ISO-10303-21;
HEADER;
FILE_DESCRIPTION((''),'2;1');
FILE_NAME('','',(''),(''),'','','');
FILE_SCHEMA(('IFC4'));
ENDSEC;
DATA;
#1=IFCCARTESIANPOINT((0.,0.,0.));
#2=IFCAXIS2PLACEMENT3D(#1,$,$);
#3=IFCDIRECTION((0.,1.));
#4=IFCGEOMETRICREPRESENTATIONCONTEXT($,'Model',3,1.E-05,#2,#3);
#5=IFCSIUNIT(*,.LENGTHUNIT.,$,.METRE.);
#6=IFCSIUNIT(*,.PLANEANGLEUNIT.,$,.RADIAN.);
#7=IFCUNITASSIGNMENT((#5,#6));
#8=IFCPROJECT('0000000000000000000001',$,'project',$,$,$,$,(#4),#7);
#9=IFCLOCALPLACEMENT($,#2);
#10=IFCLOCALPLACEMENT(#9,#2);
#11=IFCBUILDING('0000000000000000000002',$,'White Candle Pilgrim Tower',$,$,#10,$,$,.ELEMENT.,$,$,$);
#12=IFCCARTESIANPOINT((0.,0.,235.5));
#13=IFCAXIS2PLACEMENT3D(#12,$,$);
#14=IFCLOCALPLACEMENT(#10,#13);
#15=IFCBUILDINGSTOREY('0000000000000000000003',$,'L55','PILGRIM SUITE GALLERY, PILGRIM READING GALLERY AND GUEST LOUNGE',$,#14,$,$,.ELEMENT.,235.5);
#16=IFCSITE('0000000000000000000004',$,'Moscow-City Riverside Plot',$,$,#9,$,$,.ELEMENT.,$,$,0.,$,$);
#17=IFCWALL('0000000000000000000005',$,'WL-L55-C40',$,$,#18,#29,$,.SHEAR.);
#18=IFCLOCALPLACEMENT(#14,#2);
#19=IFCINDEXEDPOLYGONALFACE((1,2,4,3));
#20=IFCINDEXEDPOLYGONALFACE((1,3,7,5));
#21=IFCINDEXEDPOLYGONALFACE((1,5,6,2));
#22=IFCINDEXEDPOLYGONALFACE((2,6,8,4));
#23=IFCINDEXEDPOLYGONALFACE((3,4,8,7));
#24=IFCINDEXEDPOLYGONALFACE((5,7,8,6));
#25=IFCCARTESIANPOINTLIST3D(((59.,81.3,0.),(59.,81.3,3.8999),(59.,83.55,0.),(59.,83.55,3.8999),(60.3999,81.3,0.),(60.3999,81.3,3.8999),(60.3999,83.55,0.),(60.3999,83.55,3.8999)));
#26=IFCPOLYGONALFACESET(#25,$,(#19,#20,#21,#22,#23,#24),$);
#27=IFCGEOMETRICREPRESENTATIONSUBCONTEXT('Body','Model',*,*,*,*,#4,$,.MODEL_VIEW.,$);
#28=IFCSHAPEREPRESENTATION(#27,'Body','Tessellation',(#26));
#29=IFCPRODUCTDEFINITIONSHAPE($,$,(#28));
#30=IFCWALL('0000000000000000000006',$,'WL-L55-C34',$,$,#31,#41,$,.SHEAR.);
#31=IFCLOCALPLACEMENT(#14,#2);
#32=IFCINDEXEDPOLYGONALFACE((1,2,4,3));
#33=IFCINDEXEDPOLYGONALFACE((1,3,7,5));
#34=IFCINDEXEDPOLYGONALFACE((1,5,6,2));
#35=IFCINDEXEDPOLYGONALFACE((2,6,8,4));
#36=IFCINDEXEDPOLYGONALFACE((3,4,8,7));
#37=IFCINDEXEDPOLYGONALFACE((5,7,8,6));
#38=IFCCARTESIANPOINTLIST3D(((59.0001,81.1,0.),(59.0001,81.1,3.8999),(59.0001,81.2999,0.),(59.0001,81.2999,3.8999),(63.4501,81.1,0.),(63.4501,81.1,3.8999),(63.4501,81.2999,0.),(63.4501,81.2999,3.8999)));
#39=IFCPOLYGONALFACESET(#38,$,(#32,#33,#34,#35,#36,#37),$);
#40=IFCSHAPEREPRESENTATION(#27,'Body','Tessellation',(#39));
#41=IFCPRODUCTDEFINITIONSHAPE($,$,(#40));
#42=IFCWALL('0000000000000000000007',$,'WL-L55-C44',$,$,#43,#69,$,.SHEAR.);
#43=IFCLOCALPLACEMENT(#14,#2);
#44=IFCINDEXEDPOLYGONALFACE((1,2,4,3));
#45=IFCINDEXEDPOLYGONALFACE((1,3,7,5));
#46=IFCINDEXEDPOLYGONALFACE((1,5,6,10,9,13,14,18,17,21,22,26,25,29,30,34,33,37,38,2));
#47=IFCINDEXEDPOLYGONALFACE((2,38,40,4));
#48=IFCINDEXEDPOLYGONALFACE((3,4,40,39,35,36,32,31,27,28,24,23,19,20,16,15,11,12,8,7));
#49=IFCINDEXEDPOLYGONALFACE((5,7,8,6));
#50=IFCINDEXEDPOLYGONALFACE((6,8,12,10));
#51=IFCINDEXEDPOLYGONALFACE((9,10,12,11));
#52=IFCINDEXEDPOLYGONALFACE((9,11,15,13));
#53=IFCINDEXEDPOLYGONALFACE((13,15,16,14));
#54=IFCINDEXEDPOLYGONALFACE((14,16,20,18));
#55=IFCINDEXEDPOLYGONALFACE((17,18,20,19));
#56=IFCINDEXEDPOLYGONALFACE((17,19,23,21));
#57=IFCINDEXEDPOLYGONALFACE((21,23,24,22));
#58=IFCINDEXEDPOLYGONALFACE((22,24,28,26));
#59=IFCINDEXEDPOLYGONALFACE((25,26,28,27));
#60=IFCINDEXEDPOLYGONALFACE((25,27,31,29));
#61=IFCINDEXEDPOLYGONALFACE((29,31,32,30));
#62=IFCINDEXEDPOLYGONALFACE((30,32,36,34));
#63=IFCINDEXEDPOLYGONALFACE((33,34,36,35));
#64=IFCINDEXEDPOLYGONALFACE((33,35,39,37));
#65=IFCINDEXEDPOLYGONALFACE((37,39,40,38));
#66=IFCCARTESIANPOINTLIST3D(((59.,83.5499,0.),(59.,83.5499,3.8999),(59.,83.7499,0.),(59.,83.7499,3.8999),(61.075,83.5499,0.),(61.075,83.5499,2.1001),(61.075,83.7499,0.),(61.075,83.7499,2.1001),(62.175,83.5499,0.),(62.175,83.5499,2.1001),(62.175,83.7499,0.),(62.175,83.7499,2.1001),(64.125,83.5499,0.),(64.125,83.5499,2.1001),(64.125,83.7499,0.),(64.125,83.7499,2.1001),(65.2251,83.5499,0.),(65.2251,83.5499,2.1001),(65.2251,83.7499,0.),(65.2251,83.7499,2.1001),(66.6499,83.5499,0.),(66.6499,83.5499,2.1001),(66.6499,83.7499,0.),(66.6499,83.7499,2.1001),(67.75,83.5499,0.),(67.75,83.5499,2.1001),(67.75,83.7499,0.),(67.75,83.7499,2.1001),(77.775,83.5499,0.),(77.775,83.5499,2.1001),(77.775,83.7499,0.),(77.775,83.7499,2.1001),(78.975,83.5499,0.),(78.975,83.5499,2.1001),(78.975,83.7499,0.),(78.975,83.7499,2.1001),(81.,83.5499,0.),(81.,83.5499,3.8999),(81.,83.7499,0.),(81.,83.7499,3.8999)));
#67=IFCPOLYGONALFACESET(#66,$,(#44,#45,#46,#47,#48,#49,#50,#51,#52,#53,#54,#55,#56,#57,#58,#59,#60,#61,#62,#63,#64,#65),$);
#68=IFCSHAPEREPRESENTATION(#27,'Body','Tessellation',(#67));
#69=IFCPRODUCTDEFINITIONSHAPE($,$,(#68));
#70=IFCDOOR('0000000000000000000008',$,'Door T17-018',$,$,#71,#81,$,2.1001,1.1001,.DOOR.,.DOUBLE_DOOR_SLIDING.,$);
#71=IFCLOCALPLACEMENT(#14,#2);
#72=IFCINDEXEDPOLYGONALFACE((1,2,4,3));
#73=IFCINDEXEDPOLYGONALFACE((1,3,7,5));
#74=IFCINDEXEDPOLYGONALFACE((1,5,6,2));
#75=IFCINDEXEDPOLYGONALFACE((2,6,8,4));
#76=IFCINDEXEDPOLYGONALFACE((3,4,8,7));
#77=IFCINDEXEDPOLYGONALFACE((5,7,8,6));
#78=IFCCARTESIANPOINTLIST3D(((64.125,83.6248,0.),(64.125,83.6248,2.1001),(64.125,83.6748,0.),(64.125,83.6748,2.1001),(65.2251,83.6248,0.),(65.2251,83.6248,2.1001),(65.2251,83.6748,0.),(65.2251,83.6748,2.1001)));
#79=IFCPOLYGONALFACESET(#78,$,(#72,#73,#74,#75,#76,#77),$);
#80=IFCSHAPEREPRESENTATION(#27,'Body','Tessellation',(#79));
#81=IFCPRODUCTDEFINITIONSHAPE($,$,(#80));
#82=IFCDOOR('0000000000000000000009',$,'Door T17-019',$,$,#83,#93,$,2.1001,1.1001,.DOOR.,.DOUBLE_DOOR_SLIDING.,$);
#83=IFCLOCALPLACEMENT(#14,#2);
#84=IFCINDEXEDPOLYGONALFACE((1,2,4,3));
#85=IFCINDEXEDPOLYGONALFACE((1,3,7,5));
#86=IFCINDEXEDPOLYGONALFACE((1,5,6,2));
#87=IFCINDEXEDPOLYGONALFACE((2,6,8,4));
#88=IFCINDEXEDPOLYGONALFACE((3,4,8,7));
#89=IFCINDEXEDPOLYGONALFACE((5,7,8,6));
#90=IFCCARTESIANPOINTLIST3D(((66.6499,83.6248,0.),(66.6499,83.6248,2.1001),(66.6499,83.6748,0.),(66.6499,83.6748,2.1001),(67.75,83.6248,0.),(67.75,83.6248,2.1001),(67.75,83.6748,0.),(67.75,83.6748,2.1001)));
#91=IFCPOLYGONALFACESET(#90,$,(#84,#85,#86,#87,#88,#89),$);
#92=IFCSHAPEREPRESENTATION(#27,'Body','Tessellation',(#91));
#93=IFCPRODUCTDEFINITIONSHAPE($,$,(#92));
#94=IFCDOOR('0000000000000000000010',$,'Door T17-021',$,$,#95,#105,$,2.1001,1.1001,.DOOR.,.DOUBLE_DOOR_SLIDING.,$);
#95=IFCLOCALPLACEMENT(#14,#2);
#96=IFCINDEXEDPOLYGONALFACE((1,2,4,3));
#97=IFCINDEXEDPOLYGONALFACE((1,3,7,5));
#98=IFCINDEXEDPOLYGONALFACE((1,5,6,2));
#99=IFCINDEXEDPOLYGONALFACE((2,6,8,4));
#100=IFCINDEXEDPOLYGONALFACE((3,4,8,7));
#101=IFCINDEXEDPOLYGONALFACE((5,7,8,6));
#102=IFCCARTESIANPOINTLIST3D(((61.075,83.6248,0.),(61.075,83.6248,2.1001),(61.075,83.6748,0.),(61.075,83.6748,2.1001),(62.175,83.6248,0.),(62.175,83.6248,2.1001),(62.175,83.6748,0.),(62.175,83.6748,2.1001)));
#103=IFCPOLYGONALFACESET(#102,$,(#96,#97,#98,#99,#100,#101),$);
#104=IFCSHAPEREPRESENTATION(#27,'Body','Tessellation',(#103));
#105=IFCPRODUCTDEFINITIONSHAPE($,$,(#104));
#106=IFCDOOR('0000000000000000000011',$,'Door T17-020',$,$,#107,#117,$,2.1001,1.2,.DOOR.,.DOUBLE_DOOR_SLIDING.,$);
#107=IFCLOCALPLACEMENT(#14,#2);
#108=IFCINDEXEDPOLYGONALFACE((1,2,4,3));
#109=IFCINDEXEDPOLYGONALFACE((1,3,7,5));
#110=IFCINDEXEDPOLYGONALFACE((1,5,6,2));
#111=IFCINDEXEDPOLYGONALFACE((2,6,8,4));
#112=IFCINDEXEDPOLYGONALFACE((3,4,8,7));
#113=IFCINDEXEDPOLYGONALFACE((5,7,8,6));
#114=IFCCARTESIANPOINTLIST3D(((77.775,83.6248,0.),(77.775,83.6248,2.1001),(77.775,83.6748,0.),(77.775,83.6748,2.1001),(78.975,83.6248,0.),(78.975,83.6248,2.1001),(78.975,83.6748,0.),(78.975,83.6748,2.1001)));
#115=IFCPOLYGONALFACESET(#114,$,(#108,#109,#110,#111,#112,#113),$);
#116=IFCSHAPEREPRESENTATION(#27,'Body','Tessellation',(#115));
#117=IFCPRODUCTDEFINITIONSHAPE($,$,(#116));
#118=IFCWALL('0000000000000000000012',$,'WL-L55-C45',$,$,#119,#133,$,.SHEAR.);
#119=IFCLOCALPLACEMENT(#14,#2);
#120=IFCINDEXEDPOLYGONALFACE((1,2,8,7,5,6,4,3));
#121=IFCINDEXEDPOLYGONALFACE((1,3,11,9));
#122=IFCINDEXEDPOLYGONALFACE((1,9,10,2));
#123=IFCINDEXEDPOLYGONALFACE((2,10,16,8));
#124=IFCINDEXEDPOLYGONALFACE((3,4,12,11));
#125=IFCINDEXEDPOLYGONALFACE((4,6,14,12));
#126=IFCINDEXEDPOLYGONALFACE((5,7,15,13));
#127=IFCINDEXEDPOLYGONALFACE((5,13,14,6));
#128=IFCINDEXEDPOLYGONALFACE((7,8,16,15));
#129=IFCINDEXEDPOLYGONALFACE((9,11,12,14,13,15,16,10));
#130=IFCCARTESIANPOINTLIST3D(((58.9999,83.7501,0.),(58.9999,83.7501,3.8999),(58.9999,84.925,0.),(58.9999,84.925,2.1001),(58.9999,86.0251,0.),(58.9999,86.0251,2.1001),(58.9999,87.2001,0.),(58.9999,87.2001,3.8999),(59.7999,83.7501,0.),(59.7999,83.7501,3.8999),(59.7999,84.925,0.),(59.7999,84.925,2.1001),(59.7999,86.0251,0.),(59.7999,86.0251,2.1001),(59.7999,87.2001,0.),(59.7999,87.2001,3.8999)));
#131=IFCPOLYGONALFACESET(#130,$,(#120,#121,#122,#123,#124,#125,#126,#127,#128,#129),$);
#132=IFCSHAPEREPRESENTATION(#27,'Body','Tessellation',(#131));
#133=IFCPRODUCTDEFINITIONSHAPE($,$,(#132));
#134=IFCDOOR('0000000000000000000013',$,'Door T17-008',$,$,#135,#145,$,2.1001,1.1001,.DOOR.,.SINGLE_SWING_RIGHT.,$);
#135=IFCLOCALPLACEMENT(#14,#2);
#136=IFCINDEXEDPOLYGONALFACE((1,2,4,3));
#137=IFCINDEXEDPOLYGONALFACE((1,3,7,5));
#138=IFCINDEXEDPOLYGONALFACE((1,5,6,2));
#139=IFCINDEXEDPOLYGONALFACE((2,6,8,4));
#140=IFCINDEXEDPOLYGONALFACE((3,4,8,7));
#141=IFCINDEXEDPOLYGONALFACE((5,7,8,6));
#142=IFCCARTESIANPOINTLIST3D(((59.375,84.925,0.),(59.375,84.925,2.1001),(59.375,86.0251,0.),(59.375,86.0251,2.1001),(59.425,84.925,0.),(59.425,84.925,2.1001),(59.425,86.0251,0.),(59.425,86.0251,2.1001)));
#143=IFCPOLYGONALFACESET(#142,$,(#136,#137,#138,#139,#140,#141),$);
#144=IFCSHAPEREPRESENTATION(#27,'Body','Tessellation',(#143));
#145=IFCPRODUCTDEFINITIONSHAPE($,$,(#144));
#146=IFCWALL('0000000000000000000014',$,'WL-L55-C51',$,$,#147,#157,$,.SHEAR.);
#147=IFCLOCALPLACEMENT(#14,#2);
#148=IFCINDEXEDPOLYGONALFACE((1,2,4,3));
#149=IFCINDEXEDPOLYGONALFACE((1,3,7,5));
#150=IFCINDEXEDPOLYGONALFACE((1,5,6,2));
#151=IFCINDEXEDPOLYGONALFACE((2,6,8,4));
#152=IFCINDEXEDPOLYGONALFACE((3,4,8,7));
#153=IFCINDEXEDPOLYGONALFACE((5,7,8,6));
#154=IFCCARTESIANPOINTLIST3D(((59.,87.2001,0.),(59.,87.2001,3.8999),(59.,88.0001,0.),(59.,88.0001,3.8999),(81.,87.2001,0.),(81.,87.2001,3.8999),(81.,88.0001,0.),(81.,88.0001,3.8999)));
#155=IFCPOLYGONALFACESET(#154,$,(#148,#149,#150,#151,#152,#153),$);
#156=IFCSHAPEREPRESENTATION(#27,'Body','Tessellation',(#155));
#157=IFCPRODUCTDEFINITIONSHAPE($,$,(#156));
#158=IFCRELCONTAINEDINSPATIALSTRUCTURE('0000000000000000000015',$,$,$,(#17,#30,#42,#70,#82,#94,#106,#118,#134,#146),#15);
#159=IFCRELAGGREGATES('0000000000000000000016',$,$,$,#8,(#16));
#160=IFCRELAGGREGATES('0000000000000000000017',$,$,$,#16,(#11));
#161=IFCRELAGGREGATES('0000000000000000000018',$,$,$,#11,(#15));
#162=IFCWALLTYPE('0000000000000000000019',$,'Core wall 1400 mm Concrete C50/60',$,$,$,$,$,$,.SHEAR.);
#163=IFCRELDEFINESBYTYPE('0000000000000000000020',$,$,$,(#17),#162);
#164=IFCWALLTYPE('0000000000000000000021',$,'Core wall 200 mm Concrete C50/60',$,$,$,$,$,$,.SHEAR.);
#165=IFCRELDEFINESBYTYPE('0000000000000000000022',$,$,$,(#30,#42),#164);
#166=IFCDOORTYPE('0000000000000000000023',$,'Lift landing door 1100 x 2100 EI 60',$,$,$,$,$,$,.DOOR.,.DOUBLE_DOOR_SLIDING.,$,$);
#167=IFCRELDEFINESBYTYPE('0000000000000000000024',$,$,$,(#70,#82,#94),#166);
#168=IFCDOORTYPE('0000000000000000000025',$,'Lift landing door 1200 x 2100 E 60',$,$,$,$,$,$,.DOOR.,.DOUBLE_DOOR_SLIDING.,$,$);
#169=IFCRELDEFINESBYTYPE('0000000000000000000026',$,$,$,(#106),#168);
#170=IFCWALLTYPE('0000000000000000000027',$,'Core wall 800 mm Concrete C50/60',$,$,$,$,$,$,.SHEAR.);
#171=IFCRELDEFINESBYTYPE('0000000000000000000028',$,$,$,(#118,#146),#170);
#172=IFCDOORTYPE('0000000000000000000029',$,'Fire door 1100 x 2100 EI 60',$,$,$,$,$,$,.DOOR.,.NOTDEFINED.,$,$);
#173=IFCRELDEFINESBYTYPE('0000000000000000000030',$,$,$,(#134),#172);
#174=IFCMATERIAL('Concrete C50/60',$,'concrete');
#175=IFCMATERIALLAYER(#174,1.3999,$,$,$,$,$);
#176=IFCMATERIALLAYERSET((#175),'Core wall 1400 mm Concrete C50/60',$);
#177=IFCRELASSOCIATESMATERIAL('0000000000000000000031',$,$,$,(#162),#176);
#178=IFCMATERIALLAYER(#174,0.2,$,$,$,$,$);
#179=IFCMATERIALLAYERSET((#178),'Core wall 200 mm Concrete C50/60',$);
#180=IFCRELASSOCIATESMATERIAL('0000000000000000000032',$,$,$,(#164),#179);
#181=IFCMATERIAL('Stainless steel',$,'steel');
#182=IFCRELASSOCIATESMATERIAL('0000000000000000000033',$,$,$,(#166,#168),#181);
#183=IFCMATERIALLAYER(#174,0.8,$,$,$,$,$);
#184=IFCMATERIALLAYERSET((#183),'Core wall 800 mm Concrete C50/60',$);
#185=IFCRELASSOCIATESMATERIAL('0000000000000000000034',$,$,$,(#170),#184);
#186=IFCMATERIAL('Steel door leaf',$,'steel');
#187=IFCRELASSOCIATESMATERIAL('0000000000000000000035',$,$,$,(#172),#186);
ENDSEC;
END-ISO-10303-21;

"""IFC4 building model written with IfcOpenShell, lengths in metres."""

from ifc_helpers import new_model, si_unit, direction, frame, frame_2d, origin, place, context, subcontext, project, spatial, rectangle, extrude, material, layer, layer_set, type_object, element, fill, save


model = new_model("IFC4")

# Units and contexts
model_context = context("Model", 3, precision=1e-05, world=origin(), true_north=direction((0.0, 1.0)))
body_context = subcontext(model_context, "Body", "Model", "MODEL_VIEW")
ifc_project = project(units=[si_unit("LENGTHUNIT", "METRE"), si_unit("PLANEANGLEUNIT", "RADIAN")], contexts=[model_context])

# Site, building, storey
site_placement = place(None, origin())
site = spatial("IfcSite", under=ifc_project, at=site_placement, Name="Moscow-City Riverside Plot", CompositionType="ELEMENT", RefElevation=0.0)
building_placement = place(site_placement, origin())
building = spatial("IfcBuilding", under=site, at=building_placement, Name="White Candle Pilgrim Tower", CompositionType="ELEMENT")
storey_placement = place(building_placement, frame((0.0, 0.0, 235.5)))
storey = spatial("IfcBuildingStorey", under=building, at=storey_placement, Name="L55", Description="PILGRIM SUITE GALLERY, PILGRIM READING GALLERY AND GUEST LOUNGE", CompositionType="ELEMENT", Elevation=235.5)

# Walls
ifc_material_1 = material(Name="Concrete C50/60", Category="concrete")
ifc_layer_1 = layer(ifc_material_1, 1.3999)
ifc_layer_set_1 = layer_set([ifc_layer_1], Name="Core wall 1400 mm Concrete C50/60")
wall_type_1 = type_object("IfcWallType", Name="Core wall 1400 mm Concrete C50/60", PredefinedType="SHEAR", material=ifc_layer_set_1)
wall_1_placement = place(storey_placement, frame((59.7, 81.3, 0.0), z_axis=(0.0, 0.0, 1.0), x_axis=(0.0, 1.0, 0.0)))
element("IfcWall", 1, at=wall_1_placement, inside=storey, type_object=wall_type_1, Name="WL-L55-C40", PredefinedType="SHEAR", context=body_context, shape_type="SweptSolid", body=[
    extrude(rectangle(XDim=2.25, YDim=1.3999, at=frame_2d((1.125, 0.0))), origin(), (0.0, 0.0, 1.0), 3.8999),
])
ifc_layer_2 = layer(ifc_material_1, 0.2)
ifc_layer_set_2 = layer_set([ifc_layer_2], Name="Core wall 200 mm Concrete C50/60")
wall_type_2 = type_object("IfcWallType", Name="Core wall 200 mm Concrete C50/60", PredefinedType="SHEAR", material=ifc_layer_set_2)
wall_2_placement = place(storey_placement, frame((59.0, 81.2, 0.0), z_axis=(0.0, 0.0, 1.0), x_axis=(1.0, 0.0, 0.0)))
element("IfcWall", 2, at=wall_2_placement, inside=storey, type_object=wall_type_2, Name="WL-L55-C34", PredefinedType="SHEAR", context=body_context, shape_type="SweptSolid", body=[
    extrude(rectangle(XDim=4.45, YDim=0.2, at=frame_2d((2.2251, 0.0))), origin(), (0.0, 0.0, 1.0), 3.8999),
])

# Wall, openings, doors
wall_3_placement = place(storey_placement, frame((59.0, 83.6499, 0.0), z_axis=(0.0, 0.0, 1.0), x_axis=(1.0, 0.0, 0.0)))
wall_3 = element("IfcWall", 3, at=wall_3_placement, inside=storey, type_object=wall_type_2, Name="WL-L55-C44", PredefinedType="SHEAR", context=body_context, shape_type="SweptSolid", body=[
    extrude(rectangle(XDim=22.0, YDim=0.2, at=frame_2d((11.0, 0.0))), origin(), (0.0, 0.0, 1.0), 3.8999),
])
opening_1_placement = place(wall_3_placement, frame((5.125, 0.0, 0.0)))
opening_1 = element("IfcOpeningElement", 4, at=opening_1_placement, cuts=wall_3, PredefinedType="OPENING", context=body_context, shape_type="SweptSolid", body=[
    extrude(rectangle(XDim=1.1001, YDim=2.1001, at=frame_2d((0.55, 1.05))), frame((0.0, 0.1099, 0.0), z_axis=(0.0, -1.0, 0.0), x_axis=(1.0, 0.0, 0.0)), (0.0, 0.0, 1.0), 0.22),
])
opening_2_placement = place(wall_3_placement, frame((7.6499, 0.0, 0.0)))
opening_2 = element("IfcOpeningElement", 5, at=opening_2_placement, cuts=wall_3, PredefinedType="OPENING", context=body_context, shape_type="SweptSolid", body=[
    extrude(rectangle(XDim=1.1001, YDim=2.1001, at=frame_2d((0.55, 1.05))), frame((0.0, 0.1099, 0.0), z_axis=(0.0, -1.0, 0.0), x_axis=(1.0, 0.0, 0.0)), (0.0, 0.0, 1.0), 0.22),
])
opening_3_placement = place(wall_3_placement, frame((18.7749, 0.0, 0.0)))
opening_3 = element("IfcOpeningElement", 6, at=opening_3_placement, cuts=wall_3, PredefinedType="OPENING", context=body_context, shape_type="SweptSolid", body=[
    extrude(rectangle(XDim=1.2, YDim=2.1001, at=frame_2d((0.6001, 1.05))), frame((0.0, 0.1099, 0.0), z_axis=(0.0, -1.0, 0.0), x_axis=(1.0, 0.0, 0.0)), (0.0, 0.0, 1.0), 0.22),
])
opening_4_placement = place(wall_3_placement, frame((2.075, 0.0, 0.0)))
opening_4 = element("IfcOpeningElement", 7, at=opening_4_placement, cuts=wall_3, PredefinedType="OPENING", context=body_context, shape_type="SweptSolid", body=[
    extrude(rectangle(XDim=1.1001, YDim=2.1001, at=frame_2d((0.55, 1.05))), frame((0.0, 0.1099, 0.0), z_axis=(0.0, -1.0, 0.0), x_axis=(1.0, 0.0, 0.0)), (0.0, 0.0, 1.0), 0.22),
])
ifc_material_2 = material(Name="Stainless steel", Category="steel")
door_type_1 = type_object("IfcDoorType", Name="Lift landing door 1100 x 2100 EI 60", OperationType="DOUBLE_DOOR_SLIDING", PredefinedType="DOOR", material=ifc_material_2)
door_1_placement = place(opening_1_placement, origin())
door_1 = element("IfcDoor", 8, at=door_1_placement, inside=storey, type_object=door_type_1, Name="Door T17-018", OperationType="DOUBLE_DOOR_SLIDING", OverallHeight=2.1001, OverallWidth=1.1001, PredefinedType="DOOR", context=body_context, shape_type="SweptSolid", body=[
    extrude(rectangle(XDim=1.1001, YDim=2.1001, at=frame_2d((0.55, 1.05))), frame((0.0, 0.0249, 0.0), z_axis=(0.0, -1.0, 0.0), x_axis=(1.0, 0.0, 0.0)), (0.0, 0.0, 1.0), 0.05),
])
fill(opening_1, door_1)
door_2_placement = place(opening_2_placement, origin())
door_2 = element("IfcDoor", 9, at=door_2_placement, inside=storey, type_object=door_type_1, Name="Door T17-019", OperationType="DOUBLE_DOOR_SLIDING", OverallHeight=2.1001, OverallWidth=1.1001, PredefinedType="DOOR", context=body_context, shape_type="SweptSolid", body=[
    extrude(rectangle(XDim=1.1001, YDim=2.1001, at=frame_2d((0.55, 1.05))), frame((0.0, 0.0249, 0.0), z_axis=(0.0, -1.0, 0.0), x_axis=(1.0, 0.0, 0.0)), (0.0, 0.0, 1.0), 0.05),
])
fill(opening_2, door_2)
door_3_placement = place(opening_4_placement, origin())
door_3 = element("IfcDoor", 10, at=door_3_placement, inside=storey, type_object=door_type_1, Name="Door T17-021", OperationType="DOUBLE_DOOR_SLIDING", OverallHeight=2.1001, OverallWidth=1.1001, PredefinedType="DOOR", context=body_context, shape_type="SweptSolid", body=[
    extrude(rectangle(XDim=1.1001, YDim=2.1001, at=frame_2d((0.55, 1.05))), frame((0.0, 0.0249, 0.0), z_axis=(0.0, -1.0, 0.0), x_axis=(1.0, 0.0, 0.0)), (0.0, 0.0, 1.0), 0.05),
])
fill(opening_4, door_3)
door_type_2 = type_object("IfcDoorType", Name="Lift landing door 1200 x 2100 E 60", OperationType="DOUBLE_DOOR_SLIDING", PredefinedType="DOOR", material=ifc_material_2)
door_4_placement = place(opening_3_placement, origin())
door_4 = element("IfcDoor", 11, at=door_4_placement, inside=storey, type_object=door_type_2, Name="Door T17-020", OperationType="DOUBLE_DOOR_SLIDING", OverallHeight=2.1001, OverallWidth=1.2, PredefinedType="DOOR", context=body_context, shape_type="SweptSolid", body=[
    extrude(rectangle(XDim=1.2, YDim=2.1001, at=frame_2d((0.6001, 1.05))), frame((0.0, 0.0249, 0.0), z_axis=(0.0, -1.0, 0.0), x_axis=(1.0, 0.0, 0.0)), (0.0, 0.0, 1.0), 0.05),
])
fill(opening_3, door_4)

# Wall, opening, door
ifc_layer_3 = layer(ifc_material_1, 0.8)
ifc_layer_set_3 = layer_set([ifc_layer_3], Name="Core wall 800 mm Concrete C50/60")
wall_type_3 = type_object("IfcWallType", Name="Core wall 800 mm Concrete C50/60", PredefinedType="SHEAR", material=ifc_layer_set_3)
wall_4_placement = place(storey_placement, frame((59.3999, 83.75, 0.0), z_axis=(0.0, 0.0, 1.0), x_axis=(0.0, 1.0, 0.0)))
wall_4 = element("IfcWall", 12, at=wall_4_placement, inside=storey, type_object=wall_type_3, Name="WL-L55-C45", PredefinedType="SHEAR", context=body_context, shape_type="SweptSolid", body=[
    extrude(rectangle(XDim=3.45, YDim=0.8, at=frame_2d((1.7251, 0.0))), origin(), (0.0, 0.0, 1.0), 3.8999),
])
opening_5_placement = place(wall_4_placement, frame((1.175, 0.0, 0.0)))
opening_5 = element("IfcOpeningElement", 13, at=opening_5_placement, cuts=wall_4, PredefinedType="OPENING", context=body_context, shape_type="SweptSolid", body=[
    extrude(rectangle(XDim=1.1001, YDim=2.1001, at=frame_2d((0.55, 1.05))), frame((0.0, 0.4099, 0.0), z_axis=(0.0, -1.0, 0.0), x_axis=(1.0, 0.0, 0.0)), (0.0, 0.0, 1.0), 0.8201),
])
ifc_material_3 = material(Name="Steel door leaf", Category="steel")
door_type_3 = type_object("IfcDoorType", Name="Fire door 1100 x 2100 EI 60", OperationType="NOTDEFINED", PredefinedType="DOOR", material=ifc_material_3)
door_5_placement = place(opening_5_placement, origin())
door_5 = element("IfcDoor", 14, at=door_5_placement, inside=storey, type_object=door_type_3, Name="Door T17-008", OperationType="SINGLE_SWING_RIGHT", OverallHeight=2.1001, OverallWidth=1.1001, PredefinedType="DOOR", context=body_context, shape_type="SweptSolid", body=[
    extrude(rectangle(XDim=1.1001, YDim=2.1001, at=frame_2d((0.55, 1.05))), frame((0.0, 0.0249, 0.0), z_axis=(0.0, -1.0, 0.0), x_axis=(1.0, 0.0, 0.0)), (0.0, 0.0, 1.0), 0.05),
])
fill(opening_5, door_5)

# Wall
wall_5_placement = place(storey_placement, frame((59.0, 87.6001, 0.0), z_axis=(0.0, 0.0, 1.0), x_axis=(1.0, 0.0, 0.0)))
element("IfcWall", 15, at=wall_5_placement, inside=storey, type_object=wall_type_3, Name="WL-L55-C51", PredefinedType="SHEAR", context=body_context, shape_type="SweptSolid", body=[
    extrude(rectangle(XDim=22.0, YDim=0.8, at=frame_2d((11.0, 0.0))), origin(), (0.0, 0.0, 1.0), 3.8999),
])

save(model, "model.ifc")
